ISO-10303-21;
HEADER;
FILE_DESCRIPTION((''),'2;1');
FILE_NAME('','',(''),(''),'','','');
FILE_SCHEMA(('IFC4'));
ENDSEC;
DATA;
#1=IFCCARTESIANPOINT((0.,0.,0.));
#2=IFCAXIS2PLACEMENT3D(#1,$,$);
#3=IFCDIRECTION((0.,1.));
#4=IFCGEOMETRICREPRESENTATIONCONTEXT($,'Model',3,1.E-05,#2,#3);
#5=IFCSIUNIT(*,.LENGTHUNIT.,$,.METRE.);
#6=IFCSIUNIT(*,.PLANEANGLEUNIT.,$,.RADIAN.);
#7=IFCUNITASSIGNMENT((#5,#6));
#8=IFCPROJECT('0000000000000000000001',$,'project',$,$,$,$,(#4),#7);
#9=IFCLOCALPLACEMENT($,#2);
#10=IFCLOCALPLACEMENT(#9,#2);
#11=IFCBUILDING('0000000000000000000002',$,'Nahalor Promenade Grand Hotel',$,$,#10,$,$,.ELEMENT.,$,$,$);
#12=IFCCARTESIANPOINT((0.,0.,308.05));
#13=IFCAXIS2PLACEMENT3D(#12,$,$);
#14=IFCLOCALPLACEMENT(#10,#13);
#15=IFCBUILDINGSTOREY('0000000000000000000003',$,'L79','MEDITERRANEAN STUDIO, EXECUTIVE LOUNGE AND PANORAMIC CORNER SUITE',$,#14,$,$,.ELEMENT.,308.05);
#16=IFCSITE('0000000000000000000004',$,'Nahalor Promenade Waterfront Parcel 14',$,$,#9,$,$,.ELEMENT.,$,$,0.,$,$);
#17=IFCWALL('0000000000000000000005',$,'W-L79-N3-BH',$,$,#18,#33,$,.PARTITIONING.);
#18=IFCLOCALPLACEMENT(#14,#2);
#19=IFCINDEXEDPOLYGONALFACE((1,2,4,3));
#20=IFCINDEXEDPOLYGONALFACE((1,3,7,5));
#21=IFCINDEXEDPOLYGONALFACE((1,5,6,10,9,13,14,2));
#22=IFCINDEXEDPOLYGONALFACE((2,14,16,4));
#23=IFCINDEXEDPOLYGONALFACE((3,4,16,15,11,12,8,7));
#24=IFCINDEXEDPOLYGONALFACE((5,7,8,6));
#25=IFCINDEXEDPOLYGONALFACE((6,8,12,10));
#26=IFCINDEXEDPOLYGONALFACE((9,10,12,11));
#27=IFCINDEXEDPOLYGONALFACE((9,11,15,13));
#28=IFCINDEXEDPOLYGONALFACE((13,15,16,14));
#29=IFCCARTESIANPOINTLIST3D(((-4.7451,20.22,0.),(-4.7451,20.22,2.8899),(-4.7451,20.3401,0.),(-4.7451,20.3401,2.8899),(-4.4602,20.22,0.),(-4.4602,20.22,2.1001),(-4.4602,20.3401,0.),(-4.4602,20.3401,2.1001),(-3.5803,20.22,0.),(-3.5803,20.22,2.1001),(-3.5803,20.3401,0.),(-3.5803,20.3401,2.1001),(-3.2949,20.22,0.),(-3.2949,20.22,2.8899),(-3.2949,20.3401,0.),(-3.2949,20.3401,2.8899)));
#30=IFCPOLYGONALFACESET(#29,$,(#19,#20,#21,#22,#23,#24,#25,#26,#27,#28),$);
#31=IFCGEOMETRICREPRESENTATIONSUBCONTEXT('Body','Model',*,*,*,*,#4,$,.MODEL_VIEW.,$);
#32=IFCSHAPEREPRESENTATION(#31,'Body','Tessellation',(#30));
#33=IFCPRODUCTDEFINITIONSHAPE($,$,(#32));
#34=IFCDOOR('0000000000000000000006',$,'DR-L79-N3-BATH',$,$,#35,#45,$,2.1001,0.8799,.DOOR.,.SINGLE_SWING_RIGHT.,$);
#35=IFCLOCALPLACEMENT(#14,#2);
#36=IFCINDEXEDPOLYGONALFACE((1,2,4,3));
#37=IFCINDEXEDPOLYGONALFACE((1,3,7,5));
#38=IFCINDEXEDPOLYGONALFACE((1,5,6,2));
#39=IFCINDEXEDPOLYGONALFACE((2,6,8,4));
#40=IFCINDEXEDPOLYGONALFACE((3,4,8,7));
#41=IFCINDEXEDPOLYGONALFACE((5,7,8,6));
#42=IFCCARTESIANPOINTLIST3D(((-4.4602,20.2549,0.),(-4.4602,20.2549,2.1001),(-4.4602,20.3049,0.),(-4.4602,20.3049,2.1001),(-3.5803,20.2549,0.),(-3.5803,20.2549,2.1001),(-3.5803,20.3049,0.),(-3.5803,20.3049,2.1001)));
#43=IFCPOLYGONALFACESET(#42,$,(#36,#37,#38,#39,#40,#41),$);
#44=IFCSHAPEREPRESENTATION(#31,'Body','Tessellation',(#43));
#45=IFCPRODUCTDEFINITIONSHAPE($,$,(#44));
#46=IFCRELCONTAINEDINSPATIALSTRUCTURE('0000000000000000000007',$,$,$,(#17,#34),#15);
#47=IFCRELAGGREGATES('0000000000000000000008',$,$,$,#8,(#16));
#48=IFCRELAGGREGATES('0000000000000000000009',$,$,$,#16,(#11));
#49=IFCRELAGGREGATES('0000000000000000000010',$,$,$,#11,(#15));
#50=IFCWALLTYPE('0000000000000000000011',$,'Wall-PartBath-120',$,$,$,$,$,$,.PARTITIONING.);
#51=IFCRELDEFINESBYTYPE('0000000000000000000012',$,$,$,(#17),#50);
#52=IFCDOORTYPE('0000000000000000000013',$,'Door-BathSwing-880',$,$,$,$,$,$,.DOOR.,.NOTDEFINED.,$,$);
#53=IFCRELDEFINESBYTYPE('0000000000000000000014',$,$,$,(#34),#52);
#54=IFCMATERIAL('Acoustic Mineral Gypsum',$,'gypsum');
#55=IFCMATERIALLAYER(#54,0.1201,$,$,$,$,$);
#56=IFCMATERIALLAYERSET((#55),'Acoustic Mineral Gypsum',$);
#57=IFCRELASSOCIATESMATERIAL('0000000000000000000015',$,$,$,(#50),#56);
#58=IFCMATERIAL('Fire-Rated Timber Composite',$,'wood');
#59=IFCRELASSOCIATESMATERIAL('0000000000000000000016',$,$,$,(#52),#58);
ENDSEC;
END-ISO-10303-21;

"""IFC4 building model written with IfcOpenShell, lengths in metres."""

from ifc_helpers import new_model, si_unit, direction, frame, frame_2d, origin, place, context, subcontext, project, spatial, rectangle, extrude, source, transform, mapped, material, layer, layer_set, type_object, element, fill, save


model = new_model("IFC4")

# Units and contexts
model_context = context("Model", 3, precision=1e-05, world=origin(), true_north=direction((0.0, 1.0)))
body_context = subcontext(model_context, "Body", "Model", "MODEL_VIEW")
ifc_project = project(units=[si_unit("LENGTHUNIT", "METRE"), si_unit("PLANEANGLEUNIT", "RADIAN")], contexts=[model_context])

# Site, building, storey
site_placement = place(None, origin())
site = spatial("IfcSite", under=ifc_project, at=site_placement, Name="Nahalor Promenade Waterfront Parcel 14", CompositionType="ELEMENT", RefElevation=0.0)
building_placement = place(site_placement, origin())
building = spatial("IfcBuilding", under=site, at=building_placement, Name="Nahalor Promenade Grand Hotel", CompositionType="ELEMENT")
storey_placement = place(building_placement, frame((0.0, 0.0, 308.05)))
storey = spatial("IfcBuildingStorey", under=building, at=storey_placement, Name="L79", Description="MEDITERRANEAN STUDIO, EXECUTIVE LOUNGE AND PANORAMIC CORNER SUITE", CompositionType="ELEMENT", Elevation=308.05)

# Shared definitions
ifc_material_1 = material(Name="Acoustic Mineral Gypsum", Category="gypsum")
ifc_layer_1 = layer(ifc_material_1, 0.1201)
ifc_layer_set_1 = layer_set([ifc_layer_1], Name="Acoustic Mineral Gypsum")
wall_type = type_object("IfcWallType", Name="Wall-PartBath-120", PredefinedType="PARTITIONING", material=ifc_layer_set_1)
ifc_material_2 = material(Name="Fire-Rated Timber Composite", Category="wood")
door_type = type_object("IfcDoorType", Name="Door-BathSwing-880", OperationType="NOTDEFINED", PredefinedType="DOOR", material=ifc_material_2)
shared_shape_1 = source(origin(), body_context, "Body", "SweptSolid", [
    extrude(rectangle(XDim=0.8799, YDim=2.1001, at=frame_2d((0.4399, 1.05))), frame((0.0, 0.0249, 0.0), z_axis=(0.0, -1.0, 0.0), x_axis=(1.0, 0.0, 0.0)), (0.0, 0.0, 1.0), 0.05),
])

# Wall, opening, door
shared_shape_2 = source(origin(), body_context, "Body", "SweptSolid", [
    extrude(rectangle(XDim=1.4502, YDim=0.1201, at=frame_2d((0.7251, 0.0))), origin(), (0.0, 0.0, 1.0), 2.8899),
])
wall_1_placement = place(storey_placement, frame((-4.7451, 20.28, 0.0), z_axis=(0.0, 0.0, 1.0), x_axis=(1.0, 0.0, 0.0)))
wall_1 = element("IfcWall", 1, at=wall_1_placement, inside=storey, type_object=wall_type, Name="W-L79-N3-BH", PredefinedType="PARTITIONING", context=body_context, shape_type="MappedRepresentation", body=[
    mapped(shared_shape_2, transform((0.0, 0.0, 0.0), scale=1.0)),
])
opening_1_placement = place(wall_1_placement, frame((0.2849, 0.0, 0.0)))
opening_1 = element("IfcOpeningElement", 2, at=opening_1_placement, cuts=wall_1, PredefinedType="OPENING", context=body_context, shape_type="SweptSolid", body=[
    extrude(rectangle(XDim=0.8799, YDim=2.1001, at=frame_2d((0.4399, 1.05))), frame((0.0, 0.0701, 0.0), z_axis=(0.0, -1.0, 0.0), x_axis=(1.0, 0.0, 0.0)), (0.0, 0.0, 1.0), 0.1401),
])
door_1_placement = place(opening_1_placement, origin())
door_1 = element("IfcDoor", 3, at=door_1_placement, inside=storey, type_object=door_type, Name="DR-L79-N3-BATH", OperationType="SINGLE_SWING_RIGHT", OverallHeight=2.1001, OverallWidth=0.8799, PredefinedType="DOOR", context=body_context, shape_type="MappedRepresentation", body=[
    mapped(shared_shape_1, transform((0.0, 0.0, 0.0), scale=1.0)),
])
fill(opening_1, door_1)

save(model, "model.ifc")
